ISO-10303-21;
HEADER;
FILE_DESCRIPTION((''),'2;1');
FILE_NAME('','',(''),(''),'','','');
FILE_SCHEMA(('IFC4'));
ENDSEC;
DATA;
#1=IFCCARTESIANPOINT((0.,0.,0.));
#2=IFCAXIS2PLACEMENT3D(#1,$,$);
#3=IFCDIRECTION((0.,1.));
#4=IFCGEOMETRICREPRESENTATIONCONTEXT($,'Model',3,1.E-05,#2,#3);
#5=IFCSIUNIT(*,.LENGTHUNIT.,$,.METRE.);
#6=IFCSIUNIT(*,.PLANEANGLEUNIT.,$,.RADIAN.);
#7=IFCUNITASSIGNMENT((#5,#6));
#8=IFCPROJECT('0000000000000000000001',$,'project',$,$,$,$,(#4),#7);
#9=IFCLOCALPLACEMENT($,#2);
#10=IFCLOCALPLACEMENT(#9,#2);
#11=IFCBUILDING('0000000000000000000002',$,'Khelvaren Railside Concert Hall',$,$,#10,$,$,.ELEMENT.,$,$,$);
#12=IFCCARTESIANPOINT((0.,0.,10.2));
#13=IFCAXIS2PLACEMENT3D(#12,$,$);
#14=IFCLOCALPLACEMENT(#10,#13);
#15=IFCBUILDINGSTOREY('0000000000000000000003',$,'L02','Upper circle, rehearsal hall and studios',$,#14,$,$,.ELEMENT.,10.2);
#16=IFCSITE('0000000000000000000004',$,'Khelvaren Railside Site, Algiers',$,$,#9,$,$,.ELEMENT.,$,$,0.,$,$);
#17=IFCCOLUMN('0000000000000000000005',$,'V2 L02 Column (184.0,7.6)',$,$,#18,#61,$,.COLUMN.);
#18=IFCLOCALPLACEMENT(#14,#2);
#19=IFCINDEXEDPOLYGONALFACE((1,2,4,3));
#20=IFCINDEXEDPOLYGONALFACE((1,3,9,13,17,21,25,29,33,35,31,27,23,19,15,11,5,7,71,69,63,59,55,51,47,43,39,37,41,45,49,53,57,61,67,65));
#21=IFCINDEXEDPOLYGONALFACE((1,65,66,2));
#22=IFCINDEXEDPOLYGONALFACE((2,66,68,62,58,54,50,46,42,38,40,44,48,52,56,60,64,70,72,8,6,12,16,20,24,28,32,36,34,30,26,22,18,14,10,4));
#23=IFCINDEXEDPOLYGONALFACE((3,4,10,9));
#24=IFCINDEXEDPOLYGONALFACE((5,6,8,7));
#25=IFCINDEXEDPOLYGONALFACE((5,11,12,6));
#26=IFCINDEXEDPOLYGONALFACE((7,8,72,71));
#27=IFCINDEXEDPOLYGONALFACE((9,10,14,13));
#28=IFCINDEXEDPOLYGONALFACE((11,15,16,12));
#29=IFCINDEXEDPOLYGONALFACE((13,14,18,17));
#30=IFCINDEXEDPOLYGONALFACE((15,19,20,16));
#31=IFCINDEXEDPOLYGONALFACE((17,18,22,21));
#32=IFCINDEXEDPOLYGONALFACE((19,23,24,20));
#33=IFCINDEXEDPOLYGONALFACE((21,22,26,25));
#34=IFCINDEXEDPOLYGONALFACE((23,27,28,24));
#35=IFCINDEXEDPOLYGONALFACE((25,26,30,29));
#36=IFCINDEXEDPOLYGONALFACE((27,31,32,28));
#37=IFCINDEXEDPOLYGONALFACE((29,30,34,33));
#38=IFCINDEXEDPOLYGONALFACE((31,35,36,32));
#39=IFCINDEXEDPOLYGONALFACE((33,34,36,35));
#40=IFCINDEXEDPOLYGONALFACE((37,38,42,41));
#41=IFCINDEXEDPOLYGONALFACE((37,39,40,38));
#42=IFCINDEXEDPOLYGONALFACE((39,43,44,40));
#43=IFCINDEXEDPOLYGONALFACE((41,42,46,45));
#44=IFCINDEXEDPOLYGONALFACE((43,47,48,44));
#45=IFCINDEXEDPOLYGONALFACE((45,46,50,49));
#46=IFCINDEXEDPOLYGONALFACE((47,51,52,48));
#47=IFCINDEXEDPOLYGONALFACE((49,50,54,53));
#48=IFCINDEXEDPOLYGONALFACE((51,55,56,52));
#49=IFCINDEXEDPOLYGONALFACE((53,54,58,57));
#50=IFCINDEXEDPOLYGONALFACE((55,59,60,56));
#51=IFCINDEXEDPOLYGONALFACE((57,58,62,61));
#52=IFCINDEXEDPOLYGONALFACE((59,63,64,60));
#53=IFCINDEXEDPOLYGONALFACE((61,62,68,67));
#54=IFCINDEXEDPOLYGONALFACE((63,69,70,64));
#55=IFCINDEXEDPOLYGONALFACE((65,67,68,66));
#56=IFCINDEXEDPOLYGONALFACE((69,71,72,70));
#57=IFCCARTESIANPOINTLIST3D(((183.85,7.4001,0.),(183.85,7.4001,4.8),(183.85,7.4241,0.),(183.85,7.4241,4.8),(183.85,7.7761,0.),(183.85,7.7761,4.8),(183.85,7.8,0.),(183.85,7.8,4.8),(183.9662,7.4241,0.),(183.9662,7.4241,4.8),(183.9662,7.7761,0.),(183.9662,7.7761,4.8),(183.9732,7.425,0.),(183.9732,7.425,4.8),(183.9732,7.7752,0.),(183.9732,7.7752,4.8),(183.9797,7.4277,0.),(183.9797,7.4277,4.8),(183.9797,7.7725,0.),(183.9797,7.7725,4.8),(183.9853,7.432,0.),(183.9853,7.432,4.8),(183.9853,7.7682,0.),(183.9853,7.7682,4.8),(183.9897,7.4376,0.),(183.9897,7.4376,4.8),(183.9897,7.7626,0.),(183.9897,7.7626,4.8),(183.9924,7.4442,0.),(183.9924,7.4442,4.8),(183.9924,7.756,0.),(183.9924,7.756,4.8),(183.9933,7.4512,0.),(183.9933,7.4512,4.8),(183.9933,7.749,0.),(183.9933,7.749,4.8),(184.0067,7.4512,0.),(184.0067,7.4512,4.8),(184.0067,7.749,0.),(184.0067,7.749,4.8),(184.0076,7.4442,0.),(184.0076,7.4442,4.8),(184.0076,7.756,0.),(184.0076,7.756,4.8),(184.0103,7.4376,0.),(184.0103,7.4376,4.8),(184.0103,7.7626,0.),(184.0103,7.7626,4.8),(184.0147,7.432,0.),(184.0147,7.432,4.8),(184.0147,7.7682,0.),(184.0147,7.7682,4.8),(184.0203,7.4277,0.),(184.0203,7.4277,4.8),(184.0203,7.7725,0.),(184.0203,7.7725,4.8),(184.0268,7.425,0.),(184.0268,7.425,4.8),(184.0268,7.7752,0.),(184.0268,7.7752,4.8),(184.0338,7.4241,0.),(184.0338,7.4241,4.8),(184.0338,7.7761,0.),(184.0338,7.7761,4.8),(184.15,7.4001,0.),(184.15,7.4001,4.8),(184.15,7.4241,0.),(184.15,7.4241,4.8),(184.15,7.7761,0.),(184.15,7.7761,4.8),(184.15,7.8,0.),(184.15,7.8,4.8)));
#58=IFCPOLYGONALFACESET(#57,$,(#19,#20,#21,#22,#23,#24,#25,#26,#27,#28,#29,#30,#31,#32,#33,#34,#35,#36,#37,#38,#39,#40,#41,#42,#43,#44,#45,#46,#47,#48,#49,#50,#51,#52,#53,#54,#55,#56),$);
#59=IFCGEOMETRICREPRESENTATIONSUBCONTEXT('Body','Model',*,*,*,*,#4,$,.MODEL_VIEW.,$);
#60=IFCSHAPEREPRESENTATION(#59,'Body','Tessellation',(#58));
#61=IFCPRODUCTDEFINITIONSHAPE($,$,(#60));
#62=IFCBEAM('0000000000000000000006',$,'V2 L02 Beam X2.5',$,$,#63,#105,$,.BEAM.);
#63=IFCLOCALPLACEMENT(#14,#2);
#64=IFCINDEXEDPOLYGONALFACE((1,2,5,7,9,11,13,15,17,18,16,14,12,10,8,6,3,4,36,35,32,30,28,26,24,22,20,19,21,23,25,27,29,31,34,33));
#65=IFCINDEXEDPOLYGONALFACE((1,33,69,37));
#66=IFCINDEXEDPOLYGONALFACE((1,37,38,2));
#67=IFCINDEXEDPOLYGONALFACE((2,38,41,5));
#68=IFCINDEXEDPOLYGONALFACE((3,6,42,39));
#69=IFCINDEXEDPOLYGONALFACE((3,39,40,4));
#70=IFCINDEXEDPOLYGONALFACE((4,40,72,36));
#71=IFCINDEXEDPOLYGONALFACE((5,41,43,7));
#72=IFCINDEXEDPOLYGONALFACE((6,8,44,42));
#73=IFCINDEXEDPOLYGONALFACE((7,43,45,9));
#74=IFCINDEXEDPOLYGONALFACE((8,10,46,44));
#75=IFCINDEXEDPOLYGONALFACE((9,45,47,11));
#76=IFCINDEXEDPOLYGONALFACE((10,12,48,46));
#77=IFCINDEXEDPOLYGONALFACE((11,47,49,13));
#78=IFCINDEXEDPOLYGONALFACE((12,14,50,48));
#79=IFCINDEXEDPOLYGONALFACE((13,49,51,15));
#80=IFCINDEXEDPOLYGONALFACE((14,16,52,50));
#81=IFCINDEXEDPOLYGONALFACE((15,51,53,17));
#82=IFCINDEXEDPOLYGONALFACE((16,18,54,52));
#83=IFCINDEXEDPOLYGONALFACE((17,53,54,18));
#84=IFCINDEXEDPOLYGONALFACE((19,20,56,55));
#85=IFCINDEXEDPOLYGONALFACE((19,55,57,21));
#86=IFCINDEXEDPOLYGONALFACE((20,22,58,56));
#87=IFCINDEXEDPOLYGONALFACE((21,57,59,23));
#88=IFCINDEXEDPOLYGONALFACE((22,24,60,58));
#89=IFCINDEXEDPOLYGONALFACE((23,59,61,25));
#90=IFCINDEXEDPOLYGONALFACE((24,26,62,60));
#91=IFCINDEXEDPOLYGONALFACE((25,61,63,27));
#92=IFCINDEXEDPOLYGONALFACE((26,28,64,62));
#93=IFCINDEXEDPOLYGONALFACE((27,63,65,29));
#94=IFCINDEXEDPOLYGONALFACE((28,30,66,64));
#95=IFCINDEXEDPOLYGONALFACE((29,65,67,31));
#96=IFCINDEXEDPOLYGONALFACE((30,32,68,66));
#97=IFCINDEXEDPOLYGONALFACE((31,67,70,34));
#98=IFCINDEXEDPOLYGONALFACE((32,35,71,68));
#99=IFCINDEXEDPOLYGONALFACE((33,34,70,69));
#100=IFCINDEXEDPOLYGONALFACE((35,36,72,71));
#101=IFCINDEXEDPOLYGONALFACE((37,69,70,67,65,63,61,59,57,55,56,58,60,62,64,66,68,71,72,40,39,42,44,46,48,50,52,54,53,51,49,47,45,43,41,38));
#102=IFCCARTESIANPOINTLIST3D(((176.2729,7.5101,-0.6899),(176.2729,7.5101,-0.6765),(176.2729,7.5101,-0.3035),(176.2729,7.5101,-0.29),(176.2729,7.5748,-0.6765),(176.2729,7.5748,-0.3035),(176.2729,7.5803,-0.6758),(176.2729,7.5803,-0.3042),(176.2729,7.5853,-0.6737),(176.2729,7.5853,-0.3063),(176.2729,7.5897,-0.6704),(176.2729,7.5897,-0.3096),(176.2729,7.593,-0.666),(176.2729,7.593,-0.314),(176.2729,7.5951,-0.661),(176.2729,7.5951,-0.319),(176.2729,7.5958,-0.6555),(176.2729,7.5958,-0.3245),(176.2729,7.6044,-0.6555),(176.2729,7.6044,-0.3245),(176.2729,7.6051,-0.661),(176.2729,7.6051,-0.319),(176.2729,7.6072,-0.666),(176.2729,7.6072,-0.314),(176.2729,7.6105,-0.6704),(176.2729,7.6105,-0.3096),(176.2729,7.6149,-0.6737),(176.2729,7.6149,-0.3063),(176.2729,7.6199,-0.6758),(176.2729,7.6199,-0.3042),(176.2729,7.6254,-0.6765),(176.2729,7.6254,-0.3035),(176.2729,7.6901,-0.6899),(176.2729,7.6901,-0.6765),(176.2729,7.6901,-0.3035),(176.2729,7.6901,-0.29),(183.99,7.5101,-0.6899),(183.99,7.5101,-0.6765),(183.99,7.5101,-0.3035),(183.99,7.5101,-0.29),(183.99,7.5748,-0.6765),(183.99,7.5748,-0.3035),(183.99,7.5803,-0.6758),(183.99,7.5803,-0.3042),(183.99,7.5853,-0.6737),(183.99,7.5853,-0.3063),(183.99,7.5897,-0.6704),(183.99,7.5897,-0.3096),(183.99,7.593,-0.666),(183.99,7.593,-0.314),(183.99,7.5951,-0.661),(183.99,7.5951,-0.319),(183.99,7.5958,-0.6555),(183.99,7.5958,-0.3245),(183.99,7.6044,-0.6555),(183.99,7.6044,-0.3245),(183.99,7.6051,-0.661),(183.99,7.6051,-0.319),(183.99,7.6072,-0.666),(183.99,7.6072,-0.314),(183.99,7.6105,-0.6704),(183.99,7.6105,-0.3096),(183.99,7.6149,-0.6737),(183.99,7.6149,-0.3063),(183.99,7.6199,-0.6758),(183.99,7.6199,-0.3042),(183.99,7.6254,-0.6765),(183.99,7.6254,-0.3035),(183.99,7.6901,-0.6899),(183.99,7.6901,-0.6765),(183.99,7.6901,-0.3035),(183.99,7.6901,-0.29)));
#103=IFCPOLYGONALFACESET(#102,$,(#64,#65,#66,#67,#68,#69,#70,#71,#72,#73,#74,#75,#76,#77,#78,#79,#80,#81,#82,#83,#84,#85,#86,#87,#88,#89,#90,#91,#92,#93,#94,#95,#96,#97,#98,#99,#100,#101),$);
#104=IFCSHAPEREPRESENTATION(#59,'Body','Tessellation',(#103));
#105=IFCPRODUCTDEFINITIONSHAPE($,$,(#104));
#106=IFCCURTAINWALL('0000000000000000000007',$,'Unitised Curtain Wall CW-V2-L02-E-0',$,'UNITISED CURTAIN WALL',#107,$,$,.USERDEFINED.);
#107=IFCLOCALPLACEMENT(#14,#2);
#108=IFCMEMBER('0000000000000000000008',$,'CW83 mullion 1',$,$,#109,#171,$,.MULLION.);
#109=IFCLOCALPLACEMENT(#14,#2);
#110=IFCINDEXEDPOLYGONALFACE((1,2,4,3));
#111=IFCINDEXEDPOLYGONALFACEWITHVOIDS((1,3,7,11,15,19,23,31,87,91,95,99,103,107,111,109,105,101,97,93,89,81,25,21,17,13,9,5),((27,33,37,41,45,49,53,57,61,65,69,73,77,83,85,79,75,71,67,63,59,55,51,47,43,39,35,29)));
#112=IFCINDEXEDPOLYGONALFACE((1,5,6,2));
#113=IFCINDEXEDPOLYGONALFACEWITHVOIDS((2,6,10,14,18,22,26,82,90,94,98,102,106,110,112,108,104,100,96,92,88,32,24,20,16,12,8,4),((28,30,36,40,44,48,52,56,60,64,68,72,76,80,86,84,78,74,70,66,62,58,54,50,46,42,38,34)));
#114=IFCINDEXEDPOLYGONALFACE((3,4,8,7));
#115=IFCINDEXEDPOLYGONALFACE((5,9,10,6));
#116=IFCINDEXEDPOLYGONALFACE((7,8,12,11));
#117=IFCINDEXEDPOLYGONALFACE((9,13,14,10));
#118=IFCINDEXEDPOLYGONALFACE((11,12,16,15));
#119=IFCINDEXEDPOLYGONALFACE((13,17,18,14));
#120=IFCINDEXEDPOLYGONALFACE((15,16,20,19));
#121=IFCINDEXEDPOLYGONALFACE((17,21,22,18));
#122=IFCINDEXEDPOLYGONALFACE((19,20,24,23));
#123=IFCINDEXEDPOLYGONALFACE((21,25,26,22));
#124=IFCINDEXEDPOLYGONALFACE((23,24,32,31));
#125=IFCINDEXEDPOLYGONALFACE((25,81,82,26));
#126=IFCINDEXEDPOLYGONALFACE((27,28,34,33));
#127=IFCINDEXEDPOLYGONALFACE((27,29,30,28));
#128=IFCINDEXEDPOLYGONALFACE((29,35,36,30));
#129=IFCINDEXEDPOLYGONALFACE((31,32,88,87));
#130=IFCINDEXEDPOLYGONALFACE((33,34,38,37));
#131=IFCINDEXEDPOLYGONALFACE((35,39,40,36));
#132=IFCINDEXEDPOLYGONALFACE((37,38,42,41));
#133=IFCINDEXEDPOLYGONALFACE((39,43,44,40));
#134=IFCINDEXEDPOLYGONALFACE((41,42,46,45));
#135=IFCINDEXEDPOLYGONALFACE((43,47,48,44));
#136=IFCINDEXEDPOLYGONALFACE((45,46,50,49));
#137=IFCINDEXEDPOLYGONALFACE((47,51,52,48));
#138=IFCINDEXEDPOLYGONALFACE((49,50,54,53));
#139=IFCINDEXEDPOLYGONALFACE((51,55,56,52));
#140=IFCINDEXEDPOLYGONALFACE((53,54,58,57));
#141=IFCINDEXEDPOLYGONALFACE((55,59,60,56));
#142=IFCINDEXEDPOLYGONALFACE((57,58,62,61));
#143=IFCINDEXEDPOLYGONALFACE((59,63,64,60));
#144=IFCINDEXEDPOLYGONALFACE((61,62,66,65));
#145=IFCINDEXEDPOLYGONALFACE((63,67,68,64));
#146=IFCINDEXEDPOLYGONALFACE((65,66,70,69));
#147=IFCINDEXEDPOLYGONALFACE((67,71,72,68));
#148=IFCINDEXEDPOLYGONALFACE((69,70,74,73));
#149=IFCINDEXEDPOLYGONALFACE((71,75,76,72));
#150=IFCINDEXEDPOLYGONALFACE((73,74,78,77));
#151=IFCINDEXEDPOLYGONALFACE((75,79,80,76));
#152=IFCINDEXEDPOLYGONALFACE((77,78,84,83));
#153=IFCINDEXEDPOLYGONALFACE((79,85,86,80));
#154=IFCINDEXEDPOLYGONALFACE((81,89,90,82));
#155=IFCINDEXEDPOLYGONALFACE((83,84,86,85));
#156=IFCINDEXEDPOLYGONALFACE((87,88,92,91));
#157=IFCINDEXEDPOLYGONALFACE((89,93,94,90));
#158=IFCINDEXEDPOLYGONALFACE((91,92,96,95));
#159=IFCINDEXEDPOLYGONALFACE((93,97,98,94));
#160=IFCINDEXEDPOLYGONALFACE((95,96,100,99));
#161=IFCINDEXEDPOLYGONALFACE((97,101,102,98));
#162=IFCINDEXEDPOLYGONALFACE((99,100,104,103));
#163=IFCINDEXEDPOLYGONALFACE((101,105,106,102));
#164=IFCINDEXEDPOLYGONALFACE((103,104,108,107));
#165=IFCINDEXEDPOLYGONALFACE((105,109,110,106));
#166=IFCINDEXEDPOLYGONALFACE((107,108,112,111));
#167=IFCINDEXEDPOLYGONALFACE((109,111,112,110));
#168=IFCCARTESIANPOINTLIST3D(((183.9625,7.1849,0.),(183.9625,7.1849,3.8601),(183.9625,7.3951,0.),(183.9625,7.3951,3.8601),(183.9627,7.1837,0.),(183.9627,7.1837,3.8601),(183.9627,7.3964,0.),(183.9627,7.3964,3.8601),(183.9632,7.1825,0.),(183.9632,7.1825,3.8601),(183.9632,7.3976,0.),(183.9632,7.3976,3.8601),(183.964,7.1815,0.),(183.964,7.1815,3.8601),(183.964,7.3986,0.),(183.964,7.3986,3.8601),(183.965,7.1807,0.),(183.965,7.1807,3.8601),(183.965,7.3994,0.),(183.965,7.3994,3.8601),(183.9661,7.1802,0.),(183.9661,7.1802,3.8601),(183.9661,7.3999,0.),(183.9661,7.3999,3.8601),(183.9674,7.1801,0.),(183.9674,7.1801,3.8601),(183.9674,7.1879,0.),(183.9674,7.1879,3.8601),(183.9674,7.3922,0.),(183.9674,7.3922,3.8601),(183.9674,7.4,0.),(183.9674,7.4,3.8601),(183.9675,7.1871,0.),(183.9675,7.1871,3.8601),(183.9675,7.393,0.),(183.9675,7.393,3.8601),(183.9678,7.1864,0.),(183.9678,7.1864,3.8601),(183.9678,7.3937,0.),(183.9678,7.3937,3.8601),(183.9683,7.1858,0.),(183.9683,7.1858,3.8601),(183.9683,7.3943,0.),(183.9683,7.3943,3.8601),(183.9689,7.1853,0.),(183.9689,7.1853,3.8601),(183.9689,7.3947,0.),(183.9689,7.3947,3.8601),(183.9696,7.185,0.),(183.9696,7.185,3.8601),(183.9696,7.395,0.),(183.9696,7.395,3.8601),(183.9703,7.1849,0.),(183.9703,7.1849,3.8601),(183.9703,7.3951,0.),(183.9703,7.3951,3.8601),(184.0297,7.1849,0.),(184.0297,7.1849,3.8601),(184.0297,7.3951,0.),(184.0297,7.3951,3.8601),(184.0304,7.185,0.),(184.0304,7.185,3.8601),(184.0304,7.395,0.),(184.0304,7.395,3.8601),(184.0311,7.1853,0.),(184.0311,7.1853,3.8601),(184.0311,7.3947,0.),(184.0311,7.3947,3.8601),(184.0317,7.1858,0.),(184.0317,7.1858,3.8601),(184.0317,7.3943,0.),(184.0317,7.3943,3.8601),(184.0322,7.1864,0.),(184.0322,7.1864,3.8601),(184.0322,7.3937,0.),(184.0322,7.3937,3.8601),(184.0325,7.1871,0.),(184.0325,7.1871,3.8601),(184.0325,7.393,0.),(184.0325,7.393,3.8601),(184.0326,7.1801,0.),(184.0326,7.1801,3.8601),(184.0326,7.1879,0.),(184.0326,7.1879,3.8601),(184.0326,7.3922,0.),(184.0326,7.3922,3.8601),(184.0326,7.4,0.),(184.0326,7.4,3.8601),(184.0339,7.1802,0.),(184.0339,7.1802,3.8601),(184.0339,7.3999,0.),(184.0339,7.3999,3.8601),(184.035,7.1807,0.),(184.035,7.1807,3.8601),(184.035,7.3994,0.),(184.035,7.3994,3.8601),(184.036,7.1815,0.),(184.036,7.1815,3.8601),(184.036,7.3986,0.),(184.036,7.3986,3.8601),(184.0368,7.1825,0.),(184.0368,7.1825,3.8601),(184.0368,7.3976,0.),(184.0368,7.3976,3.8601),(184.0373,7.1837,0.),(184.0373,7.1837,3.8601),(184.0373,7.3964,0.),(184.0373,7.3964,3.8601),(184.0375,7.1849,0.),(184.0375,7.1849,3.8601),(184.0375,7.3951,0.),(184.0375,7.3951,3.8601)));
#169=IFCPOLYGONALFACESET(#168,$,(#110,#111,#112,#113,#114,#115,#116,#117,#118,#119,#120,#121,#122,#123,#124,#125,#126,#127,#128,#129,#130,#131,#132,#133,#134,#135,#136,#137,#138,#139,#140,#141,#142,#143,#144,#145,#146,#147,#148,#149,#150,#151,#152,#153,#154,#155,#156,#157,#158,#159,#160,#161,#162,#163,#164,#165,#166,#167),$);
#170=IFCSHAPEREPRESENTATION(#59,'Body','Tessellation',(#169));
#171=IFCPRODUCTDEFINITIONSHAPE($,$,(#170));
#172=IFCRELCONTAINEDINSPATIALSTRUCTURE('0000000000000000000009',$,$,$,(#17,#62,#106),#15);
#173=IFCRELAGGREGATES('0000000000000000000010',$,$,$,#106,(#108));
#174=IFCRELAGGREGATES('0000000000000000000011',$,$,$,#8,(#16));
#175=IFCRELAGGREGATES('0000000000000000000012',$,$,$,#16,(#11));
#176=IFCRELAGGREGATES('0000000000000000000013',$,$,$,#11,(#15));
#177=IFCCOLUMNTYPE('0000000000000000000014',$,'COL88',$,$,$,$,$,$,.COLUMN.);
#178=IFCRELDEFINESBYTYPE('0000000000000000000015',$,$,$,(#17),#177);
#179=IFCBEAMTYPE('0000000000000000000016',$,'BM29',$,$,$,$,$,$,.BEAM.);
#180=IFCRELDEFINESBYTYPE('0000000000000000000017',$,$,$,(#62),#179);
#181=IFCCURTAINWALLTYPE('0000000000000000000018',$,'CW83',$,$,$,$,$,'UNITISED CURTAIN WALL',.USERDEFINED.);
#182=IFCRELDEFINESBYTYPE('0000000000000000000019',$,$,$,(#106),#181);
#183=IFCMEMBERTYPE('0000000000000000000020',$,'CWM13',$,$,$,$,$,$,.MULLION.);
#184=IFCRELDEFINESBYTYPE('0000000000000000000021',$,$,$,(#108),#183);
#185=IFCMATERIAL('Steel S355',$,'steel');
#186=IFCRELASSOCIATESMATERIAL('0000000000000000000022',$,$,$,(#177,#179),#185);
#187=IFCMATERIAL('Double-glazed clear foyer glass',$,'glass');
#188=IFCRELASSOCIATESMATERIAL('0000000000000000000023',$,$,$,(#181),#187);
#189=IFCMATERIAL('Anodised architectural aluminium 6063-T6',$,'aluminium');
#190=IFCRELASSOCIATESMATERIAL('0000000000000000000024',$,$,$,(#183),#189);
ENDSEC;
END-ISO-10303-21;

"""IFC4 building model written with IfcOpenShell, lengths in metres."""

from ifc_helpers import new_model, si_unit, direction, frame, origin, origin_2d, place, context, subcontext, project, spatial, hollow_rectangle, i_section, extrude, material, material_profile, profile_set, type_object, element, aggregate, save


model = new_model("IFC4")

# Units and contexts
model_context = context("Model", 3, precision=1e-05, world=origin(), true_north=direction((0.0, 1.0)))
body_context = subcontext(model_context, "Body", "Model", "MODEL_VIEW")
ifc_project = project(units=[si_unit("LENGTHUNIT", "METRE"), si_unit("PLANEANGLEUNIT", "RADIAN")], contexts=[model_context])

# Site, building, storey
site_placement = place(None, origin())
site = spatial("IfcSite", under=ifc_project, at=site_placement, Name="Khelvaren Railside Site, Algiers", CompositionType="ELEMENT", RefElevation=0.0)
building_placement = place(site_placement, origin())
building = spatial("IfcBuilding", under=site, at=building_placement, Name="Khelvaren Railside Concert Hall", CompositionType="ELEMENT")
storey_placement = place(building_placement, frame((0.0, 0.0, 10.2)))
storey = spatial("IfcBuildingStorey", under=building, at=storey_placement, Name="L02", Description="Upper circle, rehearsal hall and studios", CompositionType="ELEMENT", Elevation=10.2)

# Column
ifc_material_1 = material(Name="Steel S355", Category="steel")
ifc_material_profile_1 = material_profile(ifc_material_1, i_section(OverallWidth=0.3, OverallDepth=0.3999, WebThickness=0.0134, FlangeThickness=0.0239, FilletRadius=0.0271, at=origin_2d()), Name="HEB 400")
ifc_profile_set_1 = profile_set([ifc_material_profile_1], Name="Steel S355")
column_type = type_object("IfcColumnType", Name="COL88", PredefinedType="COLUMN", material=ifc_profile_set_1)
column_placement = place(storey_placement, frame((184.0, 7.6001, 0.0), z_axis=(0.0, 0.0, 1.0), x_axis=(1.0, 0.0, 0.0)))
element("IfcColumn", 1, at=column_placement, inside=storey, type_object=column_type, Name="V2 L02 Column (184.0,7.6)", PredefinedType="COLUMN", context=body_context, shape_type="SweptSolid", body=[
    extrude(i_section(OverallWidth=0.3, OverallDepth=0.3999, WebThickness=0.0134, FlangeThickness=0.0239, FilletRadius=0.0271, at=origin_2d()), origin(), (0.0, 0.0, 1.0), 4.8),
])

# Beam
ifc_material_profile_2 = material_profile(ifc_material_1, i_section(OverallWidth=0.1799, OverallDepth=0.3999, WebThickness=0.0085, FlangeThickness=0.0134, FilletRadius=0.021, at=origin_2d()), Name="IPE 400")
ifc_profile_set_2 = profile_set([ifc_material_profile_2], Name="Steel S355")
beam_type_1 = type_object("IfcBeamType", Name="BM29", PredefinedType="BEAM", material=ifc_profile_set_2)
beam_1_placement = place(storey_placement, frame((176.2729, 7.6001, -0.49), z_axis=(1.0, 0.0, 0.0), x_axis=(0.0, 1.0, 0.0)))
element("IfcBeam", 2, at=beam_1_placement, inside=storey, type_object=beam_type_1, Name="V2 L02 Beam X2.5", PredefinedType="BEAM", context=body_context, shape_type="SweptSolid", body=[
    extrude(i_section(OverallWidth=0.1799, OverallDepth=0.3999, WebThickness=0.0085, FlangeThickness=0.0134, FilletRadius=0.021, at=origin_2d()), origin(), (0.0, 0.0, 1.0), 7.717),
])

# Curtain wall, member
ifc_material_2 = material(Name="Double-glazed clear foyer glass", Category="glass")
curtain_wall_type_1 = type_object("IfcCurtainWallType", Name="CW83", ElementType="UNITISED CURTAIN WALL", PredefinedType="USERDEFINED", material=ifc_material_2)
curtain_wall_1_placement = place(storey_placement, origin())
curtain_wall_1 = element("IfcCurtainWall", 3, at=curtain_wall_1_placement, inside=storey, type_object=curtain_wall_type_1, Name="Unitised Curtain Wall CW-V2-L02-E-0", ObjectType="UNITISED CURTAIN WALL", PredefinedType="USERDEFINED")
ifc_material_3 = material(Name="Anodised architectural aluminium 6063-T6", Category="aluminium")
ifc_material_profile_3 = material_profile(ifc_material_3, hollow_rectangle(XDim=0.075, YDim=0.22, WallThickness=0.0049, InnerFilletRadius=0.0029, OuterFilletRadius=0.0049, at=origin_2d()), Name="CWM 75x220x5")
ifc_profile_set_3 = profile_set([ifc_material_profile_3], Name="Anodised architectural aluminium 6063-T6")
member_type_1 = type_object("IfcMemberType", Name="CWM13", PredefinedType="MULLION", material=ifc_profile_set_3)
member_1_placement = place(storey_placement, frame((184.0, 7.29, 0.0), z_axis=(0.0, 0.0, 1.0), x_axis=(1.0, 0.0, 0.0)))
member_1 = element("IfcMember", 4, at=member_1_placement, type_object=member_type_1, Name="CW83 mullion 1", PredefinedType="MULLION", context=body_context, shape_type="SweptSolid", body=[
    extrude(hollow_rectangle(XDim=0.075, YDim=0.22, WallThickness=0.0049, InnerFilletRadius=0.0029, OuterFilletRadius=0.0049, at=origin_2d()), origin(), (0.0, 0.0, 1.0), 3.8601),
])

aggregate(curtain_wall_1, [member_1])

save(model, "model.ifc")
